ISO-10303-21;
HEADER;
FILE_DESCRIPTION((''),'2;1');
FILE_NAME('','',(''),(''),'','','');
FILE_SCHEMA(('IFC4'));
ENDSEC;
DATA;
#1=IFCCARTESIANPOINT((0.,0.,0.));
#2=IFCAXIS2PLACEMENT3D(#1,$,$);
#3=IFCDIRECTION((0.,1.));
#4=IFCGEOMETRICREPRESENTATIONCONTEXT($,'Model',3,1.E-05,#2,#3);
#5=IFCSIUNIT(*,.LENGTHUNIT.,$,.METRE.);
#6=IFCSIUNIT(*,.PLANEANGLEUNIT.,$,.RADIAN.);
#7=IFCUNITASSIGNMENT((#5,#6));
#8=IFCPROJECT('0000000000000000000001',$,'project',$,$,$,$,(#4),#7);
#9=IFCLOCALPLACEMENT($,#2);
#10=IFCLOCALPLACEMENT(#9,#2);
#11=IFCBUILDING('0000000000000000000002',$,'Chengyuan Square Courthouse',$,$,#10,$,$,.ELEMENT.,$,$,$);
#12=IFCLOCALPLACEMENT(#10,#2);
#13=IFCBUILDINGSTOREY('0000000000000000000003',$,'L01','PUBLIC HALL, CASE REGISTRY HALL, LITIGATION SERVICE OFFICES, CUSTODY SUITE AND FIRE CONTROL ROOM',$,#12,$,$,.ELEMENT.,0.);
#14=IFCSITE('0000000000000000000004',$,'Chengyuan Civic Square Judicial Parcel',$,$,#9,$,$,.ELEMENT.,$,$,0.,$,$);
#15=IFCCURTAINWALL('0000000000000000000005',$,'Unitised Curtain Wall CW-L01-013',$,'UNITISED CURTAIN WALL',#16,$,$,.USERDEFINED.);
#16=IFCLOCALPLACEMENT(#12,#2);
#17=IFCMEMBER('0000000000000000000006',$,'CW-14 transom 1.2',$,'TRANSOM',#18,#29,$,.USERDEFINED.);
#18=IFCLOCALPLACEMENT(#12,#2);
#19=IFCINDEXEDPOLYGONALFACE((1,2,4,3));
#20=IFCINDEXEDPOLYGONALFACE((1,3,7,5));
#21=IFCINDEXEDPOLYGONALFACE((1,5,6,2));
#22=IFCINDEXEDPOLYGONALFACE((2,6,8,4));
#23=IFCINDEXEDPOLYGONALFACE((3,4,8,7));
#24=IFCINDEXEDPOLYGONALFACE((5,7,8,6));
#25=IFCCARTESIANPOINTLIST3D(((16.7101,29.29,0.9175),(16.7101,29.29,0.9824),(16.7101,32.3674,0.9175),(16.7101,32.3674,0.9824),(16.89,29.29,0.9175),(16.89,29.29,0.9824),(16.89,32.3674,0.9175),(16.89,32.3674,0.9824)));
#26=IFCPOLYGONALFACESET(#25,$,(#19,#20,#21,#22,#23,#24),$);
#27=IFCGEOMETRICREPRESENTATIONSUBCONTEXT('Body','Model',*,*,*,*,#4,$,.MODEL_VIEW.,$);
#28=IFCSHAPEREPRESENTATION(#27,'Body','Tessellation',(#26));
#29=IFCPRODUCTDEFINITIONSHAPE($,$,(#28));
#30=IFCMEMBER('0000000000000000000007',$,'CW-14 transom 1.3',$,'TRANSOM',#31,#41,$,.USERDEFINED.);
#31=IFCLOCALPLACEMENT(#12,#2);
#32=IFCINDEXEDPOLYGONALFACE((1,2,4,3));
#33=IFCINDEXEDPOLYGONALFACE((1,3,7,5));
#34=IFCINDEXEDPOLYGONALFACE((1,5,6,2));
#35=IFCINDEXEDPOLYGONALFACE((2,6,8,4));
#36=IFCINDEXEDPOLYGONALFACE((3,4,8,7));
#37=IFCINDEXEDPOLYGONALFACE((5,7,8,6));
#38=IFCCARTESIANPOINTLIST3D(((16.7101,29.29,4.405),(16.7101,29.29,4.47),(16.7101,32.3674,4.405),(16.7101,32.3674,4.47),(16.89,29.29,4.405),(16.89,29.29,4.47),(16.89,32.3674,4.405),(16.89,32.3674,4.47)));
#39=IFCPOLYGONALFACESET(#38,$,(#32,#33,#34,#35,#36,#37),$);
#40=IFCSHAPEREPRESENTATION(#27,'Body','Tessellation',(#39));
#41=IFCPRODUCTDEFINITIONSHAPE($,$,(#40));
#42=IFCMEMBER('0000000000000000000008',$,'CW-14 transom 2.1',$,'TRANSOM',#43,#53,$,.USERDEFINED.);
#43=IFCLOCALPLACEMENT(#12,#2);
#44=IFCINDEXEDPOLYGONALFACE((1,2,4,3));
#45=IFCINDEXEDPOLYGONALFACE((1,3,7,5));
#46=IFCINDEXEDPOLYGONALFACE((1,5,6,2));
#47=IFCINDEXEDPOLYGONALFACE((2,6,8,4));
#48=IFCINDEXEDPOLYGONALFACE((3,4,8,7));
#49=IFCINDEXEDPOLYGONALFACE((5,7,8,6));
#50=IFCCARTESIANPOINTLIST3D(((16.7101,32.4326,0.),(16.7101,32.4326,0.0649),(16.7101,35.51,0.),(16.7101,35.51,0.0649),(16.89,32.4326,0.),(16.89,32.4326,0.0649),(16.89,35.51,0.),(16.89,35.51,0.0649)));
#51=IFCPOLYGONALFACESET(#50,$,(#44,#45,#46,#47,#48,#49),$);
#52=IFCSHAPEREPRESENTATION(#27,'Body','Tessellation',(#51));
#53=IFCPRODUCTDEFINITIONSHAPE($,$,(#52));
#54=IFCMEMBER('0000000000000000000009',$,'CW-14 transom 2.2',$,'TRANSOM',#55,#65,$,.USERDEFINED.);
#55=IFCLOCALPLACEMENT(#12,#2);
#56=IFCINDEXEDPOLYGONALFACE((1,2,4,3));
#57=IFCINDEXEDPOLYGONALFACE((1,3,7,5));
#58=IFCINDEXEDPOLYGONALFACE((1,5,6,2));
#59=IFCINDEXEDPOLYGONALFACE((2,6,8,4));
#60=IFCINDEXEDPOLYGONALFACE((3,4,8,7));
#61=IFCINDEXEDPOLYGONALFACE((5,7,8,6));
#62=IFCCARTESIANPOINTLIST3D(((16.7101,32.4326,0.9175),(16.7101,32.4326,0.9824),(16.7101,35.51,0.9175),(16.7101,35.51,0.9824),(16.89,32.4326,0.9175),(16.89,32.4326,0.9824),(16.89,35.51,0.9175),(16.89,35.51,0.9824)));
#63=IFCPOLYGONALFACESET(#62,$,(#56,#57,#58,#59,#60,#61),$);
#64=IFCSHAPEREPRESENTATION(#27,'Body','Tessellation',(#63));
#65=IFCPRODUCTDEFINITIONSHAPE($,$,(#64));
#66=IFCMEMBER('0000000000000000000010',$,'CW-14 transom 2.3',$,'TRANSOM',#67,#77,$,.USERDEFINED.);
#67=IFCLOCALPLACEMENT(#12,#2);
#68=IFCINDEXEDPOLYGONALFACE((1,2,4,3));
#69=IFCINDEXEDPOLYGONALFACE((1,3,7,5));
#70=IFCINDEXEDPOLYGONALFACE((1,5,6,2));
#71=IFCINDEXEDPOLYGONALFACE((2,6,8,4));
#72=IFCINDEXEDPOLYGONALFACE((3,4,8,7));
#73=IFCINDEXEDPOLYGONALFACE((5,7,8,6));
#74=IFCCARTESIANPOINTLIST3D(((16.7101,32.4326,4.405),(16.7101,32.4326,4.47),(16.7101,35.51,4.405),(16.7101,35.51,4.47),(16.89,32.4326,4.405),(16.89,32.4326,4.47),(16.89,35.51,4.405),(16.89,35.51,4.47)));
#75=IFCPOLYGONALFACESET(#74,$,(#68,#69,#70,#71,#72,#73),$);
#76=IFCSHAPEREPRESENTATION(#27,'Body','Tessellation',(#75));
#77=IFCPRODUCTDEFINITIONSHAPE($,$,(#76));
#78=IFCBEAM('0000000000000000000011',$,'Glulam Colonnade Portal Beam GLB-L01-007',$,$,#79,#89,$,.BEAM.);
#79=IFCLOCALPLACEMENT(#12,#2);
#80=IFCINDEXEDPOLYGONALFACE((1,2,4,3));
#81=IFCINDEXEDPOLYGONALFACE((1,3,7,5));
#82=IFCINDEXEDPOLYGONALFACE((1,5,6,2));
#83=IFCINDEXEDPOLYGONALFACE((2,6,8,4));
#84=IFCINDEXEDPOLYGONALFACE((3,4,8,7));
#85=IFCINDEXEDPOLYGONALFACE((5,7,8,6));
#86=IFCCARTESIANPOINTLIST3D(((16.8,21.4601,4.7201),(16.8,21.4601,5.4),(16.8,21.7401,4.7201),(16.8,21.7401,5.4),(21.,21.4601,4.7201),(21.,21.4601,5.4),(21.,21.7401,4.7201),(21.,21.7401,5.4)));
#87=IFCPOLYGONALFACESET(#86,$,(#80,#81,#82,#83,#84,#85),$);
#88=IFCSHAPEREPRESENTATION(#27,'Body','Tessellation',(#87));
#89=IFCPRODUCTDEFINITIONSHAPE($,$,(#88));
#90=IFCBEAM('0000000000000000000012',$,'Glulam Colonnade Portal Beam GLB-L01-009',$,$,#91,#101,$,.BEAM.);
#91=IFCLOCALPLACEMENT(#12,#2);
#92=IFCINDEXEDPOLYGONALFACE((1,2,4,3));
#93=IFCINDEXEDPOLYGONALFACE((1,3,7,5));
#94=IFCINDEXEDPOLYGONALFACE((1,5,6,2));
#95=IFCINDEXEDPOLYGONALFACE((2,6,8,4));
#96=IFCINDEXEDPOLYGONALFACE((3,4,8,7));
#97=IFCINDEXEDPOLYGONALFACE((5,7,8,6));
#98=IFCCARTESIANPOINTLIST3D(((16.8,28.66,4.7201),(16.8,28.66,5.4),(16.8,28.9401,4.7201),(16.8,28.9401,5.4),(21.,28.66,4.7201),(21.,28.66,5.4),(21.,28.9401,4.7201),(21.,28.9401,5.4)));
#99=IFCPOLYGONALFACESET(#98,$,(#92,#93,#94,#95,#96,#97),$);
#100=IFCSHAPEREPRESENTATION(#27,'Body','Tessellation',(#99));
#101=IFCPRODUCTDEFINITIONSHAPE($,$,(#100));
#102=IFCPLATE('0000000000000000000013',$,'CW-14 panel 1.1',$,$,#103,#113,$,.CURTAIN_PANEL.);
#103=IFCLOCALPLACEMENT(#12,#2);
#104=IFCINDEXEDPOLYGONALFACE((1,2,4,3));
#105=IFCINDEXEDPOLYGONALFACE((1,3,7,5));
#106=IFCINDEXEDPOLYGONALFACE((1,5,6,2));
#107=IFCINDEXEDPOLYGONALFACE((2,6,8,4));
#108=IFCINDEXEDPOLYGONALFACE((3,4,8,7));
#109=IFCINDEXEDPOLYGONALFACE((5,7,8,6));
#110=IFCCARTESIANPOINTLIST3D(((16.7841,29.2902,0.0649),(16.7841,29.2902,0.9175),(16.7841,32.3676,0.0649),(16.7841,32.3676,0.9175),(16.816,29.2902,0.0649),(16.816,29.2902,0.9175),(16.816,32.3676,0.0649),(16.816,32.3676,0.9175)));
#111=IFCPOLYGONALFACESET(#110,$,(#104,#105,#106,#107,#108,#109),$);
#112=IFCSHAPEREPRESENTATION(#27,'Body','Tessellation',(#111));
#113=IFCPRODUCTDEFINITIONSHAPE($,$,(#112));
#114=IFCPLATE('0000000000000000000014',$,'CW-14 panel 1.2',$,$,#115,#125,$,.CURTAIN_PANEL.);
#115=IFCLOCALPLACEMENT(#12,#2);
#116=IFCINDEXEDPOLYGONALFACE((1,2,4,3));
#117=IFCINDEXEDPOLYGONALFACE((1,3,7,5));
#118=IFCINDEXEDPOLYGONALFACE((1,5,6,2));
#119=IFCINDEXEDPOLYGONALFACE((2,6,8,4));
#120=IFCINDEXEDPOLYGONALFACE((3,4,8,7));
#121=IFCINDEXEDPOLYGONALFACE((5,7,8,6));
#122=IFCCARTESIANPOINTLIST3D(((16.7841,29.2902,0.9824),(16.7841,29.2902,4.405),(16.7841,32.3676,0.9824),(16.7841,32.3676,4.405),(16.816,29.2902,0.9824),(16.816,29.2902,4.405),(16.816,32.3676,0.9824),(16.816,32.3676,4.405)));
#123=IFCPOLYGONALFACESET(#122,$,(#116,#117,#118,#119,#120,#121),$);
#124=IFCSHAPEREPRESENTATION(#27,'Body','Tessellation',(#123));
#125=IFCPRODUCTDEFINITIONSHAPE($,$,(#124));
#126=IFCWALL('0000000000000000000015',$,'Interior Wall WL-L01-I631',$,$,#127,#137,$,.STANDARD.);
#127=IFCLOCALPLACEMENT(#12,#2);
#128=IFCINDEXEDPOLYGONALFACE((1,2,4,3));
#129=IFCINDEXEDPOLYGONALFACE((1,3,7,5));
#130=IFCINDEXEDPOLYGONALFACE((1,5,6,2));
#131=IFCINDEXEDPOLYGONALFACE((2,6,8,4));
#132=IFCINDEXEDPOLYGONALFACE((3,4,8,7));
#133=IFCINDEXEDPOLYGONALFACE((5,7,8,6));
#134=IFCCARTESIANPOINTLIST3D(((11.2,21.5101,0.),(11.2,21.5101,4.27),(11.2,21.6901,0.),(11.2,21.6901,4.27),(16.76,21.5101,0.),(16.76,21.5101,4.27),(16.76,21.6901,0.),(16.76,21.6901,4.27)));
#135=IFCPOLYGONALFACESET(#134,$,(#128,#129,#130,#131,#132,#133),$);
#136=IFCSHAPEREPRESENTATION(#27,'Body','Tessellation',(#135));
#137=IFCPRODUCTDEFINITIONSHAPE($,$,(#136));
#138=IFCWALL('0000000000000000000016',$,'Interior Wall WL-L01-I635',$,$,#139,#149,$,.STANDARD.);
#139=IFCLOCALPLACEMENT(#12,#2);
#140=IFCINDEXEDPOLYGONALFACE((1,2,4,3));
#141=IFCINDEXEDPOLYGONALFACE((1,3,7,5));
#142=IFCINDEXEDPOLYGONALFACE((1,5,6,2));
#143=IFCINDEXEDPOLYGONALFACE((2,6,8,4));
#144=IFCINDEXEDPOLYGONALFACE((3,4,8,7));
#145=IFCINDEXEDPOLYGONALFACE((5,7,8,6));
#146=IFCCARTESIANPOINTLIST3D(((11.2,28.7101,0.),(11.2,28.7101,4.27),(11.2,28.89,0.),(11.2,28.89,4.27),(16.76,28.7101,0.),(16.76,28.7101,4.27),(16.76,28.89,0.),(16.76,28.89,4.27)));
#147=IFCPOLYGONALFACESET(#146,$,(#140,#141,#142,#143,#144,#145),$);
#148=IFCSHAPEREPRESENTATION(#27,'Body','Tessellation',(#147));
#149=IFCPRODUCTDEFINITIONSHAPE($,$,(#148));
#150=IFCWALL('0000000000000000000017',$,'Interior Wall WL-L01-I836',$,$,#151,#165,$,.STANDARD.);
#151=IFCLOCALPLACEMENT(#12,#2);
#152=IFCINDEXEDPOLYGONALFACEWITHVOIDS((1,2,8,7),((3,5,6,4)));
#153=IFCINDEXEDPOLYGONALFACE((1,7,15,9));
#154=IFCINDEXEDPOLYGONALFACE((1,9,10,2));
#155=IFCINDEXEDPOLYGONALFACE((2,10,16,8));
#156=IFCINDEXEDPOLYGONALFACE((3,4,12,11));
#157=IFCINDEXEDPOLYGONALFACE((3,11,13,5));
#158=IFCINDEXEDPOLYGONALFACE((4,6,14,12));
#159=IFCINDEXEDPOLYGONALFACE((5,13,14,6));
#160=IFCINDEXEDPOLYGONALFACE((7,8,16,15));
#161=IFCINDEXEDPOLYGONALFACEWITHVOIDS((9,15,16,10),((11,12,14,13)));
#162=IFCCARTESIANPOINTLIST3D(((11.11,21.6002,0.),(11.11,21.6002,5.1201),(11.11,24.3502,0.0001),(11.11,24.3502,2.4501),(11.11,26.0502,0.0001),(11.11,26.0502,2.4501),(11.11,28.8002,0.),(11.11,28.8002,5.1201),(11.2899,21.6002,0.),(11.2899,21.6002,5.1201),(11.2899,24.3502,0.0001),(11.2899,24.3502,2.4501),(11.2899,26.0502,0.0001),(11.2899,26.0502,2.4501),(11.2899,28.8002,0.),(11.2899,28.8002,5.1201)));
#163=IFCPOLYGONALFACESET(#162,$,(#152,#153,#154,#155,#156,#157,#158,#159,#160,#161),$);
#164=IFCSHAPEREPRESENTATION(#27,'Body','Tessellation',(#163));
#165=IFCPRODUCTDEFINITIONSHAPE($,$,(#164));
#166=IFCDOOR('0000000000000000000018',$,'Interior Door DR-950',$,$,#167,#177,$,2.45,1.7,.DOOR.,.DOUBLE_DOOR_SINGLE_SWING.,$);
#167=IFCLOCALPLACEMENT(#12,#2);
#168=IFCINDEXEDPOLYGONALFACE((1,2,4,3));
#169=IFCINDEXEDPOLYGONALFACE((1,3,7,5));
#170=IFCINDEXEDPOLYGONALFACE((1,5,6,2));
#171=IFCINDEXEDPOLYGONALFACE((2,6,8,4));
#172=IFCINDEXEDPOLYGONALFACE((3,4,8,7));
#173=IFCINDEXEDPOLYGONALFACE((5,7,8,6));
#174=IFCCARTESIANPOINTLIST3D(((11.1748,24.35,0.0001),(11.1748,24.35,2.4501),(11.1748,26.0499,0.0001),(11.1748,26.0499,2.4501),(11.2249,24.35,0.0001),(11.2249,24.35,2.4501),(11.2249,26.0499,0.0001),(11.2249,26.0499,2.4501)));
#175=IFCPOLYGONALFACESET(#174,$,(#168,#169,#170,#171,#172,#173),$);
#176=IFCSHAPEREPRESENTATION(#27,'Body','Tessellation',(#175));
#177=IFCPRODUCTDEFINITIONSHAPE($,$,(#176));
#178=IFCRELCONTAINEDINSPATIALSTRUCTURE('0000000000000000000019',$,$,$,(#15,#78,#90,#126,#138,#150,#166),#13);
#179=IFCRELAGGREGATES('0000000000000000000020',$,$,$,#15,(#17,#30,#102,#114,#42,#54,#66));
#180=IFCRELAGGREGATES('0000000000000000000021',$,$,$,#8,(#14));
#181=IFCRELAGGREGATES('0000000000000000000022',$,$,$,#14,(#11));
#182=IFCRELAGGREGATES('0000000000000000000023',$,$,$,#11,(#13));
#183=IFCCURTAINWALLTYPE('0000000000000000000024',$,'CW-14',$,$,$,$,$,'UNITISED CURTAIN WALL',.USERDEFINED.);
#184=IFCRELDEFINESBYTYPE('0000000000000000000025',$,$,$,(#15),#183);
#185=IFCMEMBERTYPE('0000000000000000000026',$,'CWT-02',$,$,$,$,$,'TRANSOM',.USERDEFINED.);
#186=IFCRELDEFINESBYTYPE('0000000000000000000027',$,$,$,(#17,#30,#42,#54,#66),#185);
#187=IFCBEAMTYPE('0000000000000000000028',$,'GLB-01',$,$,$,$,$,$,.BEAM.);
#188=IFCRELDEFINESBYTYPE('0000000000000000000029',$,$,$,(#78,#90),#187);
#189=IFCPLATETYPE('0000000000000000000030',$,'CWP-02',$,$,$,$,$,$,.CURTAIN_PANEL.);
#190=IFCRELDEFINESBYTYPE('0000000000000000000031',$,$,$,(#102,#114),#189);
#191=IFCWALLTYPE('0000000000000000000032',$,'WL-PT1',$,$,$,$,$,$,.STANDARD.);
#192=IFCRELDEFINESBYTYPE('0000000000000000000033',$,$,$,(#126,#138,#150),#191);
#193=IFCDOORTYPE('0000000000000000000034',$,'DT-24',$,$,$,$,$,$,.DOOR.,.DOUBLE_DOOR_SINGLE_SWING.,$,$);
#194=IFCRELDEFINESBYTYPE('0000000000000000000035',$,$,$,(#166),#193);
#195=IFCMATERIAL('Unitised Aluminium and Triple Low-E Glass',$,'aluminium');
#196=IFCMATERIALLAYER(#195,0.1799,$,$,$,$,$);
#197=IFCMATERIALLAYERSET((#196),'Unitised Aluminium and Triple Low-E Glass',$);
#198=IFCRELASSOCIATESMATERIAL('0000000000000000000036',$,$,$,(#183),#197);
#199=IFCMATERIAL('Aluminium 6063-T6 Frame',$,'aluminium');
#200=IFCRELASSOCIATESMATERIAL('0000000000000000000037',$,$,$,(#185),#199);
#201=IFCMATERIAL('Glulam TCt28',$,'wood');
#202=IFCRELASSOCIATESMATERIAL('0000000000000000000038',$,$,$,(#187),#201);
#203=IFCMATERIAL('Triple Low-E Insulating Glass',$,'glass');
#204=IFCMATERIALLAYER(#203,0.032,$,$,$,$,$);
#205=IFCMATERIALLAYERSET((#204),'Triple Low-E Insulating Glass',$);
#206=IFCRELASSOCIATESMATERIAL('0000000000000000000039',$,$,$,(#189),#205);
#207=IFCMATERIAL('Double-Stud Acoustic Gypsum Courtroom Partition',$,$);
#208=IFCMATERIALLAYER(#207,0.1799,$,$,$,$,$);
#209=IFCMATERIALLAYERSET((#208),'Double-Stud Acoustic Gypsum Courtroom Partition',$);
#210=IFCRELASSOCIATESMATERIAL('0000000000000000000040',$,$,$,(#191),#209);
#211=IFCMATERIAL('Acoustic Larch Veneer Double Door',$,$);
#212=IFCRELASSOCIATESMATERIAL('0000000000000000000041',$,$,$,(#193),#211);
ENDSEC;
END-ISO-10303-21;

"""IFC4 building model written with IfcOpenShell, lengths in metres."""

from ifc_helpers import new_model, si_unit, direction, frame, frame_2d, origin, origin_2d, place, context, subcontext, project, spatial, rectangle, extrude, material, layer, layer_set, material_profile, profile_set, type_object, element, fill, aggregate, save


model = new_model("IFC4")

# Units and contexts
model_context = context("Model", 3, precision=1e-05, world=origin(), true_north=direction((0.0, 1.0)))
body_context = subcontext(model_context, "Body", "Model", "MODEL_VIEW")
ifc_project = project(units=[si_unit("LENGTHUNIT", "METRE"), si_unit("PLANEANGLEUNIT", "RADIAN")], contexts=[model_context])

# Site, building, storey
site_placement = place(None, origin())
site = spatial("IfcSite", under=ifc_project, at=site_placement, Name="Chengyuan Civic Square Judicial Parcel", CompositionType="ELEMENT", RefElevation=0.0)
building_placement = place(site_placement, origin())
building = spatial("IfcBuilding", under=site, at=building_placement, Name="Chengyuan Square Courthouse", CompositionType="ELEMENT")
storey_placement = place(building_placement, origin())
storey = spatial("IfcBuildingStorey", under=building, at=storey_placement, Name="L01", Description="PUBLIC HALL, CASE REGISTRY HALL, LITIGATION SERVICE OFFICES, CUSTODY SUITE AND FIRE CONTROL ROOM", CompositionType="ELEMENT", Elevation=0.0)

# Shared definitions
ifc_material_1 = material(Name="Glulam TCt28", Category="wood")

# Shared definitions
ifc_material_2 = material(Name="Unitised Aluminium and Triple Low-E Glass", Category="aluminium")
ifc_layer_1 = layer(ifc_material_2, 0.1799)
ifc_layer_set_1 = layer_set([ifc_layer_1], Name="Unitised Aluminium and Triple Low-E Glass")
curtain_wall_type = type_object("IfcCurtainWallType", Name="CW-14", ElementType="UNITISED CURTAIN WALL", PredefinedType="USERDEFINED", material=ifc_layer_set_1)
ifc_material_3 = material(Name="Aluminium 6063-T6 Frame", Category="aluminium")

# Curtain wall, members
curtain_wall_1_placement = place(storey_placement, origin())
curtain_wall_1 = element("IfcCurtainWall", 1, at=curtain_wall_1_placement, inside=storey, type_object=curtain_wall_type, Name="Unitised Curtain Wall CW-L01-013", ObjectType="UNITISED CURTAIN WALL", PredefinedType="USERDEFINED")
ifc_material_profile_1 = material_profile(ifc_material_3, rectangle(XDim=0.1799, YDim=0.0649, at=origin_2d()), Name="CW-TRN-65x140")
ifc_profile_set_1 = profile_set([ifc_material_profile_1], Name="Aluminium 6063-T6 Frame")
member_type_1 = type_object("IfcMemberType", Name="CWT-02", ElementType="TRANSOM", PredefinedType="USERDEFINED", material=ifc_profile_set_1)
member_1_placement = place(storey_placement, frame((16.8, 29.29, 0.95), z_axis=(0.0, 1.0, 0.0), x_axis=(-1.0, 0.0, 0.0)))
member_1 = element("IfcMember", 2, at=member_1_placement, type_object=member_type_1, Name="CW-14 transom 1.2", ObjectType="TRANSOM", PredefinedType="USERDEFINED", context=body_context, shape_type="SweptSolid", body=[
    extrude(rectangle(XDim=0.1799, YDim=0.0649, at=origin_2d()), origin(), (0.0, 0.0, 1.0), 3.0774),
])
member_2_placement = place(storey_placement, frame((16.8, 29.29, 4.4375), z_axis=(0.0, 1.0, 0.0), x_axis=(-1.0, 0.0, 0.0)))
member_2 = element("IfcMember", 3, at=member_2_placement, type_object=member_type_1, Name="CW-14 transom 1.3", ObjectType="TRANSOM", PredefinedType="USERDEFINED", context=body_context, shape_type="SweptSolid", body=[
    extrude(rectangle(XDim=0.1799, YDim=0.0649, at=origin_2d()), origin(), (0.0, 0.0, 1.0), 3.0774),
])
member_3_placement = place(storey_placement, frame((16.8, 32.4326, 0.0325), z_axis=(0.0, 1.0, 0.0), x_axis=(-1.0, 0.0, 0.0)))
member_3 = element("IfcMember", 4, at=member_3_placement, type_object=member_type_1, Name="CW-14 transom 2.1", ObjectType="TRANSOM", PredefinedType="USERDEFINED", context=body_context, shape_type="SweptSolid", body=[
    extrude(rectangle(XDim=0.1799, YDim=0.0649, at=origin_2d()), origin(), (0.0, 0.0, 1.0), 3.0774),
])
member_4_placement = place(storey_placement, frame((16.8, 32.4326, 0.95), z_axis=(0.0, 1.0, 0.0), x_axis=(-1.0, 0.0, 0.0)))
member_4 = element("IfcMember", 5, at=member_4_placement, type_object=member_type_1, Name="CW-14 transom 2.2", ObjectType="TRANSOM", PredefinedType="USERDEFINED", context=body_context, shape_type="SweptSolid", body=[
    extrude(rectangle(XDim=0.1799, YDim=0.0649, at=origin_2d()), origin(), (0.0, 0.0, 1.0), 3.0774),
])
member_5_placement = place(storey_placement, frame((16.8, 32.4326, 4.4375), z_axis=(0.0, 1.0, 0.0), x_axis=(-1.0, 0.0, 0.0)))
member_5 = element("IfcMember", 6, at=member_5_placement, type_object=member_type_1, Name="CW-14 transom 2.3", ObjectType="TRANSOM", PredefinedType="USERDEFINED", context=body_context, shape_type="SweptSolid", body=[
    extrude(rectangle(XDim=0.1799, YDim=0.0649, at=origin_2d()), origin(), (0.0, 0.0, 1.0), 3.0774),
])

# Beams
ifc_material_profile_2 = material_profile(ifc_material_1, rectangle(XDim=0.28, YDim=0.6799, at=origin_2d()), Name="GL-BM-280x680")
ifc_profile_set_2 = profile_set([ifc_material_profile_2], Name="Glulam TCt28")
beam_type_1 = type_object("IfcBeamType", Name="GLB-01", PredefinedType="BEAM", material=ifc_profile_set_2)
for number, where, z_axis, x_axis, name in (
    (7, (16.8, 21.6001, 5.0601), (1.0, 0.0, 0.0), (0.0, 1.0, 0.0), "Glulam Colonnade Portal Beam GLB-L01-007"),
    (8, (16.8, 28.8, 5.0601), (1.0, 0.0, 0.0), (0.0, 1.0, 0.0), "Glulam Colonnade Portal Beam GLB-L01-009"),
):
    element("IfcBeam", number, at=place(storey_placement, frame(where, z_axis=z_axis, x_axis=x_axis)), inside=storey, type_object=beam_type_1, Name=name, PredefinedType="BEAM", context=body_context, shape_type="SweptSolid", body=[
        extrude(rectangle(XDim=0.28, YDim=0.6799, at=origin_2d()), origin(), (0.0, 0.0, 1.0), 4.2),
    ])

# Plates
ifc_material_4 = material(Name="Triple Low-E Insulating Glass", Category="glass")
ifc_layer_2 = layer(ifc_material_4, 0.032)
ifc_layer_set_2 = layer_set([ifc_layer_2], Name="Triple Low-E Insulating Glass")
plate_type = type_object("IfcPlateType", Name="CWP-02", PredefinedType="CURTAIN_PANEL", material=ifc_layer_set_2)
plate_1_placement = place(storey_placement, frame((16.8, 30.8289, 0.0649), z_axis=(0.0, 0.0, 1.0), x_axis=(0.0, 1.0, 0.0)))
plate_1 = element("IfcPlate", 9, at=plate_1_placement, type_object=plate_type, Name="CW-14 panel 1.1", PredefinedType="CURTAIN_PANEL", context=body_context, shape_type="SweptSolid", body=[
    extrude(rectangle(XDim=3.0774, YDim=0.032, at=origin_2d()), origin(), (0.0, 0.0, 1.0), 0.8525),
])
plate_2_placement = place(storey_placement, frame((16.8, 30.8289, 0.9824), z_axis=(0.0, 0.0, 1.0), x_axis=(0.0, 1.0, 0.0)))
plate_2 = element("IfcPlate", 10, at=plate_2_placement, type_object=plate_type, Name="CW-14 panel 1.2", PredefinedType="CURTAIN_PANEL", context=body_context, shape_type="SweptSolid", body=[
    extrude(rectangle(XDim=3.0774, YDim=0.032, at=origin_2d()), origin(), (0.0, 0.0, 1.0), 3.4226),
])
aggregate(curtain_wall_1, [member_1, member_2, plate_1, plate_2, member_3, member_4, member_5])

# Walls
ifc_material_5 = material(Name="Double-Stud Acoustic Gypsum Courtroom Partition")
ifc_layer_3 = layer(ifc_material_5, 0.1799)
ifc_layer_set_3 = layer_set([ifc_layer_3], Name="Double-Stud Acoustic Gypsum Courtroom Partition")
wall_type_1 = type_object("IfcWallType", Name="WL-PT1", PredefinedType="STANDARD", material=ifc_layer_set_3)
for number, where, z_axis, x_axis, name in (
    (11, (11.2, 21.6001, 0.0), (0.0, 0.0, 1.0), (1.0, 0.0, 0.0), "Interior Wall WL-L01-I631"),
    (12, (11.2, 28.8, 0.0), (0.0, 0.0, 1.0), (1.0, 0.0, 0.0), "Interior Wall WL-L01-I635"),
):
    element("IfcWall", number, at=place(storey_placement, frame(where, z_axis=z_axis, x_axis=x_axis)), inside=storey, type_object=wall_type_1, Name=name, PredefinedType="STANDARD", context=body_context, shape_type="SweptSolid", body=[
        extrude(rectangle(XDim=5.5601, YDim=0.1799, at=frame_2d((2.78, 0.0))), origin(), (0.0, 0.0, 1.0), 4.27),
    ])

# Wall, opening, door
wall_1_placement = place(storey_placement, frame((11.2, 21.6001, 0.0), z_axis=(0.0, 0.0, 1.0), x_axis=(0.0, 1.0, 0.0)))
wall_1 = element("IfcWall", 13, at=wall_1_placement, inside=storey, type_object=wall_type_1, Name="Interior Wall WL-L01-I836", PredefinedType="STANDARD", context=body_context, shape_type="SweptSolid", body=[
    extrude(rectangle(XDim=7.2, YDim=0.1799, at=frame_2d((3.6001, 0.0))), origin(), (0.0, 0.0, 1.0), 5.1201),
])
opening_1_placement = place(wall_1_placement, frame((2.75, 0.0, 0.0)))
opening_1 = element("IfcOpeningElement", 14, at=opening_1_placement, cuts=wall_1, PredefinedType="OPENING", context=body_context, shape_type="SweptSolid", body=[
    extrude(rectangle(XDim=1.7, YDim=2.45, at=frame_2d((0.8501, 1.2251))), frame((0.0, 0.1021, 0.0), z_axis=(0.0, -1.0, 0.0), x_axis=(1.0, 0.0, 0.0)), (0.0, 0.0, 1.0), 0.2039),
])
ifc_material_6 = material(Name="Acoustic Larch Veneer Double Door")
door_type_1 = type_object("IfcDoorType", Name="DT-24", OperationType="DOUBLE_DOOR_SINGLE_SWING", PredefinedType="DOOR", material=ifc_material_6)
door_1_placement = place(opening_1_placement, frame((1.7, 0.0, 0.0), z_axis=(0.0, 0.0, 1.0), x_axis=(-1.0, 0.0, 0.0)))
door_1 = element("IfcDoor", 15, at=door_1_placement, inside=storey, type_object=door_type_1, Name="Interior Door DR-950", OperationType="DOUBLE_DOOR_SINGLE_SWING", OverallHeight=2.45, OverallWidth=1.7, PredefinedType="DOOR", context=body_context, shape_type="SweptSolid", body=[
    extrude(rectangle(XDim=1.7, YDim=2.45, at=frame_2d((0.8501, 1.2251))), frame((0.0, 0.0249, 0.0), z_axis=(0.0, -1.0, 0.0), x_axis=(1.0, 0.0, 0.0)), (0.0, 0.0, 1.0), 0.05),
])
fill(opening_1, door_1)

save(model, "model.ifc")
